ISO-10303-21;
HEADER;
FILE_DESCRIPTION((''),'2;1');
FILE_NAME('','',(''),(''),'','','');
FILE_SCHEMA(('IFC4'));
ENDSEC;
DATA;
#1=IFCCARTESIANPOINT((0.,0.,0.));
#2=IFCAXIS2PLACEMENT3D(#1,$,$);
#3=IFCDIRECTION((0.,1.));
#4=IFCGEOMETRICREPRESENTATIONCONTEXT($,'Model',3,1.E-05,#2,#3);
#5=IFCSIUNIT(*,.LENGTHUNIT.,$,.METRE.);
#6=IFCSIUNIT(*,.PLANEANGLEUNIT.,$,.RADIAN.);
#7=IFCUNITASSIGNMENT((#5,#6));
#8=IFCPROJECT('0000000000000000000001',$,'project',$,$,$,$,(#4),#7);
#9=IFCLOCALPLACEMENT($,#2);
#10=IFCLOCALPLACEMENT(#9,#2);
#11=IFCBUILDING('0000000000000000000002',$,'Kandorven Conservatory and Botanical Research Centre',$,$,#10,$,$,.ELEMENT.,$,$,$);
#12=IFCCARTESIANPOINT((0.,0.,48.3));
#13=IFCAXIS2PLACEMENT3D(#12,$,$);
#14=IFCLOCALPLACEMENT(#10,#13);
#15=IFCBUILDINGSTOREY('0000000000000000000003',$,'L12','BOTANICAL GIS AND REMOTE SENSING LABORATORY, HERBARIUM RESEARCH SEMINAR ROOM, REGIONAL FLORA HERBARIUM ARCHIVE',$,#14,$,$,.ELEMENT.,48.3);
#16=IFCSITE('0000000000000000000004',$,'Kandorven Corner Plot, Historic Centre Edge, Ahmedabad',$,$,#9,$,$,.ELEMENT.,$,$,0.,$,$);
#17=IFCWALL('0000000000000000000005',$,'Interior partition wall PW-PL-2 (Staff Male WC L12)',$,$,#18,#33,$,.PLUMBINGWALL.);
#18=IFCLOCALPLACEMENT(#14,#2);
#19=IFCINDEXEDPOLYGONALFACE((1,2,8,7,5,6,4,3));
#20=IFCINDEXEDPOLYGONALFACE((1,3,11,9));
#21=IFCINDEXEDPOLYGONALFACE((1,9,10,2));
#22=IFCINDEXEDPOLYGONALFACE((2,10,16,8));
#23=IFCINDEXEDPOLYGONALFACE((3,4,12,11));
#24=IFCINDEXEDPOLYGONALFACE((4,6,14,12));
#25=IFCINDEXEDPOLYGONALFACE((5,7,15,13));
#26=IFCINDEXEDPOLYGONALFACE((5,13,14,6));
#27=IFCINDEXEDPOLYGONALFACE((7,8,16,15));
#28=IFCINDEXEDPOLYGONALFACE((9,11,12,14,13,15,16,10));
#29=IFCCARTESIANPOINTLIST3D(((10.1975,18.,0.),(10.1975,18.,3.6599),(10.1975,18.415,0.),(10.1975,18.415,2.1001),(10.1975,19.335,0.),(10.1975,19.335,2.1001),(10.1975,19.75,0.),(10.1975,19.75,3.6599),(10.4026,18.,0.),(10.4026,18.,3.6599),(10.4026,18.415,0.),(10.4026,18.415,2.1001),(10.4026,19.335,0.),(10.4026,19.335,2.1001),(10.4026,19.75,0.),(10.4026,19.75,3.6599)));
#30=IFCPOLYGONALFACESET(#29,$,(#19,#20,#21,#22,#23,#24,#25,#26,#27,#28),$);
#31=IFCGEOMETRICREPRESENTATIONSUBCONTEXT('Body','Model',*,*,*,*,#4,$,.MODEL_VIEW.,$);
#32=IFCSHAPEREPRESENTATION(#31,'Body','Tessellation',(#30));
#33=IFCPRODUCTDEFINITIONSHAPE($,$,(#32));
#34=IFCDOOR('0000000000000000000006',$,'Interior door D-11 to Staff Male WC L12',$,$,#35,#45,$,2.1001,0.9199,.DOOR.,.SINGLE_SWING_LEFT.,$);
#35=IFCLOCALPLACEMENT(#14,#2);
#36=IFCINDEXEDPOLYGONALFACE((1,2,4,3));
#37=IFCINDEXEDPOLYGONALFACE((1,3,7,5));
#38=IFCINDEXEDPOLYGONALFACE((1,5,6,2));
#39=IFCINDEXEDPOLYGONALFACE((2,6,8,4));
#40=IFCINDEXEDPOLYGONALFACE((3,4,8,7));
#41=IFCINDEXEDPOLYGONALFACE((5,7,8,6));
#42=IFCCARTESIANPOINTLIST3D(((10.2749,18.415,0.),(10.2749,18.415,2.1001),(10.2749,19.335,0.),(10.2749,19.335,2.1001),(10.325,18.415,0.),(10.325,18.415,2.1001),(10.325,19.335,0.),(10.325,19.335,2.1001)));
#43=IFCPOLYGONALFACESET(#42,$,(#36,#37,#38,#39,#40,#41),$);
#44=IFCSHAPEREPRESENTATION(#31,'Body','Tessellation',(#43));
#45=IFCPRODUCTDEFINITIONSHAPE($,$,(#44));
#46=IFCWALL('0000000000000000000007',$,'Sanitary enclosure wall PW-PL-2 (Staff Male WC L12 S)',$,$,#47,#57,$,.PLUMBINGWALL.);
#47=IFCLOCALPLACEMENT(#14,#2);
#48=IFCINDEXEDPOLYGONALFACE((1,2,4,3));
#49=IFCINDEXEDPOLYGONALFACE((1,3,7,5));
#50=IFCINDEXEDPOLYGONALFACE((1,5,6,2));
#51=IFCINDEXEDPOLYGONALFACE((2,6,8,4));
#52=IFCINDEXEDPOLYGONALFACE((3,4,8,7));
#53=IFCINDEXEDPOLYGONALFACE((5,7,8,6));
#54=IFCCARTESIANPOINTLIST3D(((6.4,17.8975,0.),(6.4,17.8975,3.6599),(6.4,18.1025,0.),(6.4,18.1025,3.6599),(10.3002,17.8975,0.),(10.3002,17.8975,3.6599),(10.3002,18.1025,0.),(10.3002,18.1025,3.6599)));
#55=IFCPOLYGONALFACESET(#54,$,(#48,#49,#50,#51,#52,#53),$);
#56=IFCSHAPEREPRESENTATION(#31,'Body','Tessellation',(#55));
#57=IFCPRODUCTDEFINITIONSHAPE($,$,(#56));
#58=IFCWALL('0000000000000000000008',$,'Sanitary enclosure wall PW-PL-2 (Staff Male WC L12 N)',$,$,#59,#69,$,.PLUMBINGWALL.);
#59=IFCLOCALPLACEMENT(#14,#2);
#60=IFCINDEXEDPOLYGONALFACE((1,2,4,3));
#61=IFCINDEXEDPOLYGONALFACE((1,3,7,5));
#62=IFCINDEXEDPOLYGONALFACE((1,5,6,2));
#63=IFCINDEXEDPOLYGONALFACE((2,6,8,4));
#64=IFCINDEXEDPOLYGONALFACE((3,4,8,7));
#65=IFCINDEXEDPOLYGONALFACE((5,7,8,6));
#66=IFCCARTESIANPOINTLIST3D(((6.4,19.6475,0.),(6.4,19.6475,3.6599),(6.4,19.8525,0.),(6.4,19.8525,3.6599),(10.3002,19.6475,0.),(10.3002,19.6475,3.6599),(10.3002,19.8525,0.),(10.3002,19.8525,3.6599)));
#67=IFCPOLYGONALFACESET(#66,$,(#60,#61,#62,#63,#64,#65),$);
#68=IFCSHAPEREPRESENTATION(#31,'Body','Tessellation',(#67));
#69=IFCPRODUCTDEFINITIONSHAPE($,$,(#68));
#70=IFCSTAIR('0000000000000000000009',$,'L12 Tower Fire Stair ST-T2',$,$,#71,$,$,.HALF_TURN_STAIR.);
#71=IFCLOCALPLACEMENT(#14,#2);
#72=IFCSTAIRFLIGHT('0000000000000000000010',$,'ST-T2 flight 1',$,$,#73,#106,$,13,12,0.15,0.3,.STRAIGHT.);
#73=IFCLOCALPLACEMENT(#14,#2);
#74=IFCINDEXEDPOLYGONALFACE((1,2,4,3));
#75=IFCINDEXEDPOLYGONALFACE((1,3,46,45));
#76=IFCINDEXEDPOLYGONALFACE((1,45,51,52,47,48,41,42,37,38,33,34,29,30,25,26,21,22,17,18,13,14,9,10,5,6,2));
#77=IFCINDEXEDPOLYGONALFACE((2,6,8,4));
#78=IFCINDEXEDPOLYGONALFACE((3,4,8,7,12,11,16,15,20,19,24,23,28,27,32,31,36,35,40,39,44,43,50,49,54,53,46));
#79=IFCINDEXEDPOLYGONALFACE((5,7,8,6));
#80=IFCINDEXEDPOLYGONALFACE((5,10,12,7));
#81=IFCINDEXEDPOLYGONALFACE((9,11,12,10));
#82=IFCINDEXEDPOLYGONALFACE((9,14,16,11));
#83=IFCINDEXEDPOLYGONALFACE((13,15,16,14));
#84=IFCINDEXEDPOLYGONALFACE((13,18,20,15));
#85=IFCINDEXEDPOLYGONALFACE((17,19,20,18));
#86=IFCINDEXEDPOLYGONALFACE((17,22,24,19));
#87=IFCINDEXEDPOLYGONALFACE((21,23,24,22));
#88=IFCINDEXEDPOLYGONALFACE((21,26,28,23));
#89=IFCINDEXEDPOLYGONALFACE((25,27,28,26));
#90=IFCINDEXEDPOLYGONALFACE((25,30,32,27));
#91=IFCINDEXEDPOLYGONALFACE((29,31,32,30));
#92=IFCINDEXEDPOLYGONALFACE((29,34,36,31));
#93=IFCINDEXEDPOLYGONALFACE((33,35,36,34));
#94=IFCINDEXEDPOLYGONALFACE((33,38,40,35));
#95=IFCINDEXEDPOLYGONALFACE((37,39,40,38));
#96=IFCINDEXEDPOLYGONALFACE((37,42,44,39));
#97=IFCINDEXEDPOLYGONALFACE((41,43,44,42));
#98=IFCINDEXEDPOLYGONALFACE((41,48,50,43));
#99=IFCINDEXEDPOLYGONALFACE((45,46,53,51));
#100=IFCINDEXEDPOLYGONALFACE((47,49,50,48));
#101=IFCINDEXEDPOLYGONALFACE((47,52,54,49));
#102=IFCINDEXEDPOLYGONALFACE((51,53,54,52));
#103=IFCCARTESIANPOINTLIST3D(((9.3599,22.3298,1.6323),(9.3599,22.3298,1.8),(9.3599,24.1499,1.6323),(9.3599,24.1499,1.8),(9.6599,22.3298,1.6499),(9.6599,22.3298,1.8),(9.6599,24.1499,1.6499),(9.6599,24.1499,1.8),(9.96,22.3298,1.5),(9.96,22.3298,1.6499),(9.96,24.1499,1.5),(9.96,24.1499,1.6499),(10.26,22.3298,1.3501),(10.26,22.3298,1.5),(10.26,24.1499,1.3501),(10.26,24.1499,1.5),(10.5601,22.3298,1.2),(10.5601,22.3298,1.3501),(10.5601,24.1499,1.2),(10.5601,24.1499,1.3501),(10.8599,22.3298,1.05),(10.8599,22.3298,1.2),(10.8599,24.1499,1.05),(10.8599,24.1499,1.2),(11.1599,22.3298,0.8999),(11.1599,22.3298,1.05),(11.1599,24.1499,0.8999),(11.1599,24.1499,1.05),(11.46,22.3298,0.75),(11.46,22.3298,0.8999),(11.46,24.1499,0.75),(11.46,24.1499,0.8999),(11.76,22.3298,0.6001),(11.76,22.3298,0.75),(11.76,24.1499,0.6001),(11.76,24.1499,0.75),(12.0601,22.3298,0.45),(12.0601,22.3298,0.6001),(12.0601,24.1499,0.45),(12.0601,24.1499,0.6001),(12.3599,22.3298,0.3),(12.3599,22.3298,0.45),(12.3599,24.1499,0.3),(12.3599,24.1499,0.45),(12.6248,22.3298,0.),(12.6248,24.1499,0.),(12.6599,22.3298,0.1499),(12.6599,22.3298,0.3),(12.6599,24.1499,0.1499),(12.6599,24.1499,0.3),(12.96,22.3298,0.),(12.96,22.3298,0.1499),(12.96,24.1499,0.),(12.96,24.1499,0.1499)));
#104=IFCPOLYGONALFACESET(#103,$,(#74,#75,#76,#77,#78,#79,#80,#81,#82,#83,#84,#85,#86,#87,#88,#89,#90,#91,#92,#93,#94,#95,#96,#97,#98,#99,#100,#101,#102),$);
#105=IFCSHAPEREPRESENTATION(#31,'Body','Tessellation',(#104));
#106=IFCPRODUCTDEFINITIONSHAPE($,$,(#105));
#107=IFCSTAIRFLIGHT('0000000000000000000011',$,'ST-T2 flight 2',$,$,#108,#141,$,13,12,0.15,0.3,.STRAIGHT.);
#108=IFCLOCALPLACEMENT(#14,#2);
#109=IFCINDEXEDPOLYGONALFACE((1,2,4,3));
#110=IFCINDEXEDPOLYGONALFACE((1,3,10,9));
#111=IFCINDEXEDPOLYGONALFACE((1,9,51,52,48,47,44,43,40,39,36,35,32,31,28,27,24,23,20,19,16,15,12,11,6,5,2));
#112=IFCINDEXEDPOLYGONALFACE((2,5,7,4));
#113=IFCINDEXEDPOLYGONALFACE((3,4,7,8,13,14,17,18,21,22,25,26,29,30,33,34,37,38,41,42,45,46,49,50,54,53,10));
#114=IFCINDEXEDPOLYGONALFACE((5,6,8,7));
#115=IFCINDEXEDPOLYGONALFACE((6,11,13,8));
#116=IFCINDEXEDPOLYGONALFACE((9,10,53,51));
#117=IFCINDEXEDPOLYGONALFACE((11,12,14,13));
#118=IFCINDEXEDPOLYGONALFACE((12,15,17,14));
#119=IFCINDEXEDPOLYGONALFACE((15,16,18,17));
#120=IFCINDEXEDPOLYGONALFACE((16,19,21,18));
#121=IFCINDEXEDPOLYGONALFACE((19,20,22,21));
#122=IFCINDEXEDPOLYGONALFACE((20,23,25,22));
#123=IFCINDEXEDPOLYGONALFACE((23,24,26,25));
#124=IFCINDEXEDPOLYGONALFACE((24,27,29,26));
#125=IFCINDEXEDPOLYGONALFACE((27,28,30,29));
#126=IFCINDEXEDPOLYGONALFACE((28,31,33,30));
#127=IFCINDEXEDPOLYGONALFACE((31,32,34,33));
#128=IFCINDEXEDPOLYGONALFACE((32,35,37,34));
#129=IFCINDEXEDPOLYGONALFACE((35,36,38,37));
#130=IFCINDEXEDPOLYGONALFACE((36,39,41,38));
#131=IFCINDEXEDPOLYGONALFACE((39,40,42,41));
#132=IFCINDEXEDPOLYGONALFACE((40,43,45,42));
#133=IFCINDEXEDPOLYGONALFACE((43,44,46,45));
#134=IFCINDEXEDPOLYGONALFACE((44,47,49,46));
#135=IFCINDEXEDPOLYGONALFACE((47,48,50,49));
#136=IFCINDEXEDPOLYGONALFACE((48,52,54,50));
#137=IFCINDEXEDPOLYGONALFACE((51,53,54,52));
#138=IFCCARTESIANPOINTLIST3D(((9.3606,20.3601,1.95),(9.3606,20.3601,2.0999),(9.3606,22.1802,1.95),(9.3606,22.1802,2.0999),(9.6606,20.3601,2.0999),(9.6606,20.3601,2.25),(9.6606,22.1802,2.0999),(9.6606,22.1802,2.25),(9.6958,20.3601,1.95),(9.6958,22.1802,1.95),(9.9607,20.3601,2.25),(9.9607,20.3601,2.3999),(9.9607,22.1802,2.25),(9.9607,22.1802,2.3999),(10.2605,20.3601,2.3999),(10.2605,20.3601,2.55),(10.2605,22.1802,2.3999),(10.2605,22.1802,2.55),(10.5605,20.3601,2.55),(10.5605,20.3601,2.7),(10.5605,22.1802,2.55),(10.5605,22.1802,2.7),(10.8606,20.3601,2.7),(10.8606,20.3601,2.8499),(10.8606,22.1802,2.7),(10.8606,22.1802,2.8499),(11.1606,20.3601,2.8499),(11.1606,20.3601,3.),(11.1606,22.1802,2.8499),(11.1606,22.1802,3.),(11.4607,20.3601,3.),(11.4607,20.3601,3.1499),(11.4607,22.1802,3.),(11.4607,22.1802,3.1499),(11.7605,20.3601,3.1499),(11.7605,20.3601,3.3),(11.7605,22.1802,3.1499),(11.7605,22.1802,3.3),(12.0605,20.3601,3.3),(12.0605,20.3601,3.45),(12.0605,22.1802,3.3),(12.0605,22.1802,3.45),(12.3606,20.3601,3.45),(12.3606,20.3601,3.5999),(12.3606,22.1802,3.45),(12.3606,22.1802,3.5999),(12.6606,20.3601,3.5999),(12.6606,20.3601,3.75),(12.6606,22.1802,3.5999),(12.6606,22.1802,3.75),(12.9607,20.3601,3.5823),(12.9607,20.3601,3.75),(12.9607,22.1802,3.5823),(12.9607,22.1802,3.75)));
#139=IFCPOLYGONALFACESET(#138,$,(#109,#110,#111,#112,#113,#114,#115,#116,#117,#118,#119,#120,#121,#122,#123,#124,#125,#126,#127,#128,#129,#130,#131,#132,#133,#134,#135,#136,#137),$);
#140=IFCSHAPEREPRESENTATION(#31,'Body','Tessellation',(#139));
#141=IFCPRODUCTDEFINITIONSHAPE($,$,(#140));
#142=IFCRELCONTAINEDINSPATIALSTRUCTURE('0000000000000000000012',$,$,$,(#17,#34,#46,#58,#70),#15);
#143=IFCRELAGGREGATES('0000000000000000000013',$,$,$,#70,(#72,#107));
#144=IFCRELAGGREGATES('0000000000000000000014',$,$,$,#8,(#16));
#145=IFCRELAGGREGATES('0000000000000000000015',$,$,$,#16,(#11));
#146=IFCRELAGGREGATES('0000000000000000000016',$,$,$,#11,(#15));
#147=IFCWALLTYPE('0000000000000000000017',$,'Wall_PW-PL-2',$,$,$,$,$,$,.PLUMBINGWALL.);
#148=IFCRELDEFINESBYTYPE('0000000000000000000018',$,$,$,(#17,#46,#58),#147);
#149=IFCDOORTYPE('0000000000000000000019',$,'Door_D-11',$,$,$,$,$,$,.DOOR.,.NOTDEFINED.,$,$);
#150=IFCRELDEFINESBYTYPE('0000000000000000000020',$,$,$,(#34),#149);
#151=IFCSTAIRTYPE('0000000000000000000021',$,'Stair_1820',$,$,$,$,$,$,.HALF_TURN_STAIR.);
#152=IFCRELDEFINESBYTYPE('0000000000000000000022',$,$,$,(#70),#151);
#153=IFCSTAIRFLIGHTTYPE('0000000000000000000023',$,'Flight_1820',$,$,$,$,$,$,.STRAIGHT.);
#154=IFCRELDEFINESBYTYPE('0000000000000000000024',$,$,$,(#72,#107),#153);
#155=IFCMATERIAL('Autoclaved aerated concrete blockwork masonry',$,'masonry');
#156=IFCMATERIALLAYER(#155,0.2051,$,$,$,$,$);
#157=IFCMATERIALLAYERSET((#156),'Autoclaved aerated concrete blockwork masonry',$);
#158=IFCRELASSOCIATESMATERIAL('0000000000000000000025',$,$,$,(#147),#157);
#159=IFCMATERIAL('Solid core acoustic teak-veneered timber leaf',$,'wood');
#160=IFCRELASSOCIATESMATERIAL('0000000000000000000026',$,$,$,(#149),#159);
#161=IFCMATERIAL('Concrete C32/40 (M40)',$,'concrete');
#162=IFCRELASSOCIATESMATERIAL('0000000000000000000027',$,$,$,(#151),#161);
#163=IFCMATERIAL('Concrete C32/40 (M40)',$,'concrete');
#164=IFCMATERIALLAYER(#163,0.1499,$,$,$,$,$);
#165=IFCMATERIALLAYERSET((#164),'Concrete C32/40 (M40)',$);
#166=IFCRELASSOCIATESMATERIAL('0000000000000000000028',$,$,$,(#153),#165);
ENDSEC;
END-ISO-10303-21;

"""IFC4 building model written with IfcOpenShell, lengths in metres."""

from ifc_helpers import new_model, si_unit, direction, frame, frame_2d, origin, place, context, subcontext, project, spatial, polyline, rectangle, outline, extrude, material, layer, layer_set, type_object, element, fill, aggregate, save


model = new_model("IFC4")

# Units and contexts
model_context = context("Model", 3, precision=1e-05, world=origin(), true_north=direction((0.0, 1.0)))
body_context = subcontext(model_context, "Body", "Model", "MODEL_VIEW")
ifc_project = project(units=[si_unit("LENGTHUNIT", "METRE"), si_unit("PLANEANGLEUNIT", "RADIAN")], contexts=[model_context])

# Site, building, storey
site_placement = place(None, origin())
site = spatial("IfcSite", under=ifc_project, at=site_placement, Name="Kandorven Corner Plot, Historic Centre Edge, Ahmedabad", CompositionType="ELEMENT", RefElevation=0.0)
building_placement = place(site_placement, origin())
building = spatial("IfcBuilding", under=site, at=building_placement, Name="Kandorven Conservatory and Botanical Research Centre", CompositionType="ELEMENT")
storey_placement = place(building_placement, frame((0.0, 0.0, 48.3)))
storey = spatial("IfcBuildingStorey", under=building, at=storey_placement, Name="L12", Description="BOTANICAL GIS AND REMOTE SENSING LABORATORY, HERBARIUM RESEARCH SEMINAR ROOM, REGIONAL FLORA HERBARIUM ARCHIVE", CompositionType="ELEMENT", Elevation=48.3)

# Wall, opening, door
ifc_material_1 = material(Name="Autoclaved aerated concrete blockwork masonry", Category="masonry")
ifc_layer_1 = layer(ifc_material_1, 0.2051)
ifc_layer_set_1 = layer_set([ifc_layer_1], Name="Autoclaved aerated concrete blockwork masonry")
wall_type_1 = type_object("IfcWallType", Name="Wall_PW-PL-2", PredefinedType="PLUMBINGWALL", material=ifc_layer_set_1)
wall_1_placement = place(storey_placement, frame((10.3, 18.0, 0.0), z_axis=(0.0, 0.0, 1.0), x_axis=(0.0, 1.0, 0.0)))
wall_1 = element("IfcWall", 1, at=wall_1_placement, inside=storey, type_object=wall_type_1, Name="Interior partition wall PW-PL-2 (Staff Male WC L12)", PredefinedType="PLUMBINGWALL", context=body_context, shape_type="SweptSolid", body=[
    extrude(rectangle(XDim=1.75, YDim=0.2051, at=frame_2d((0.875, 0.0))), origin(), (0.0, 0.0, 1.0), 3.6599),
])
opening_1_placement = place(wall_1_placement, frame((0.415, 0.0, 0.0)))
opening_1 = element("IfcOpeningElement", 2, at=opening_1_placement, cuts=wall_1, PredefinedType="OPENING", context=body_context, shape_type="SweptSolid", body=[
    extrude(rectangle(XDim=0.9199, YDim=2.1001, at=frame_2d((0.46, 1.05))), frame((0.0, 0.1125, 0.0), z_axis=(0.0, -1.0, 0.0), x_axis=(1.0, 0.0, 0.0)), (0.0, 0.0, 1.0), 0.2251),
])
ifc_material_2 = material(Name="Solid core acoustic teak-veneered timber leaf", Category="wood")
door_type_1 = type_object("IfcDoorType", Name="Door_D-11", OperationType="NOTDEFINED", PredefinedType="DOOR", material=ifc_material_2)
door_1_placement = place(opening_1_placement, frame((0.9199, 0.0, 0.0), z_axis=(0.0, 0.0, 1.0), x_axis=(-1.0, 0.0, 0.0)))
door_1 = element("IfcDoor", 3, at=door_1_placement, inside=storey, type_object=door_type_1, Name="Interior door D-11 to Staff Male WC L12", OperationType="SINGLE_SWING_LEFT", OverallHeight=2.1001, OverallWidth=0.9199, PredefinedType="DOOR", context=body_context, shape_type="SweptSolid", body=[
    extrude(rectangle(XDim=0.9199, YDim=2.1001, at=frame_2d((0.46, 1.05))), frame((0.0, 0.0249, 0.0), z_axis=(0.0, -1.0, 0.0), x_axis=(1.0, 0.0, 0.0)), (0.0, 0.0, 1.0), 0.05),
])
fill(opening_1, door_1)

# Walls
for number, where, z_axis, x_axis, name in (
    (4, (6.3999, 18.0, 0.0), (0.0, 0.0, 1.0), (1.0, 0.0, 0.0), "Sanitary enclosure wall PW-PL-2 (Staff Male WC L12 S)"),
    (5, (6.3999, 19.75, 0.0), (0.0, 0.0, 1.0), (1.0, 0.0, 0.0), "Sanitary enclosure wall PW-PL-2 (Staff Male WC L12 N)"),
):
    element("IfcWall", number, at=place(storey_placement, frame(where, z_axis=z_axis, x_axis=x_axis)), inside=storey, type_object=wall_type_1, Name=name, PredefinedType="PLUMBINGWALL", context=body_context, shape_type="SweptSolid", body=[
        extrude(rectangle(XDim=3.9001, YDim=0.2051, at=frame_2d((1.9502, 0.0))), origin(), (0.0, 0.0, 1.0), 3.6599),
    ])

# Stair, stair flights
ifc_material_3 = material(Name="Concrete C32/40 (M40)", Category="concrete")
stair_type = type_object("IfcStairType", Name="Stair_1820", PredefinedType="HALF_TURN_STAIR", material=ifc_material_3)
stair_placement = place(storey_placement, origin())
stair = element("IfcStair", 6, at=stair_placement, inside=storey, type_object=stair_type, Name="L12 Tower Fire Stair ST-T2", PredefinedType="HALF_TURN_STAIR")
ifc_material_4 = material(Name="Concrete C32/40 (M40)", Category="concrete")
ifc_layer_2 = layer(ifc_material_4, 0.1499)
ifc_layer_set_2 = layer_set([ifc_layer_2], Name="Concrete C32/40 (M40)")
stair_flight_type = type_object("IfcStairFlightType", Name="Flight_1820", PredefinedType="STRAIGHT", material=ifc_layer_set_2)
stair_flight_1_placement = place(storey_placement, frame((12.96, 23.24, 0.0), z_axis=(0.0, 0.0, 1.0), x_axis=(-1.0, 0.0, 0.0)))
stair_flight_1 = element("IfcStairFlight", 7, at=stair_flight_1_placement, type_object=stair_flight_type, Name="ST-T2 flight 1", NumberOfRisers=13, NumberOfTreads=12, PredefinedType="STRAIGHT", RiserHeight=0.15, TreadLength=0.3, context=body_context, shape_type="SweptSolid", body=[
    extrude(outline(polyline([(0.0, 0.0), (0.0, 0.1499), (0.3, 0.1499), (0.3, 0.3), (0.6001, 0.3), (0.6001, 0.45), (0.8999, 0.45), (0.8999, 0.6001), (1.2, 0.6001), (1.2, 0.75), (1.5, 0.75), (1.5, 0.8999), (1.8, 0.8999), (1.8, 1.05), (2.1001, 1.05), (2.1001, 1.2), (2.3999, 1.2), (2.3999, 1.3501), (2.7, 1.3501), (2.7, 1.5), (3.0, 1.5), (3.0, 1.6499), (3.3, 1.6499), (3.3, 1.8), (3.6001, 1.8), (3.6001, 1.95), (3.6001, 1.6323), (0.3352, 0.0), (0.0, 0.0)])), frame((0.0, 0.9102, 0.0), z_axis=(0.0, -1.0, 0.0), x_axis=(1.0, 0.0, 0.0)), (0.0, 0.0, 1.0), 1.8201),
])
stair_flight_2_placement = place(storey_placement, frame((9.3606, 21.27, 1.95), z_axis=(0.0, 0.0, 1.0), x_axis=(1.0, 0.0, 0.0)))
stair_flight_2 = element("IfcStairFlight", 8, at=stair_flight_2_placement, type_object=stair_flight_type, Name="ST-T2 flight 2", NumberOfRisers=13, NumberOfTreads=12, PredefinedType="STRAIGHT", RiserHeight=0.15, TreadLength=0.3, context=body_context, shape_type="SweptSolid", body=[
    extrude(outline(polyline([(0.0, 0.0), (0.0, 0.1499), (0.3, 0.1499), (0.3, 0.3), (0.6001, 0.3), (0.6001, 0.45), (0.8999, 0.45), (0.8999, 0.6001), (1.2, 0.6001), (1.2, 0.75), (1.5, 0.75), (1.5, 0.8999), (1.8, 0.8999), (1.8, 1.05), (2.1001, 1.05), (2.1001, 1.2), (2.3999, 1.2), (2.3999, 1.3501), (2.7, 1.3501), (2.7, 1.5), (3.0, 1.5), (3.0, 1.6499), (3.3, 1.6499), (3.3, 1.8), (3.6001, 1.8), (3.6001, 1.95), (3.6001, 1.6323), (0.3352, 0.0), (0.0, 0.0)])), frame((0.0, 0.9102, 0.0), z_axis=(0.0, -1.0, 0.0), x_axis=(1.0, 0.0, 0.0)), (0.0, 0.0, 1.0), 1.8201),
])
aggregate(stair, [stair_flight_1, stair_flight_2])

save(model, "model.ifc")
